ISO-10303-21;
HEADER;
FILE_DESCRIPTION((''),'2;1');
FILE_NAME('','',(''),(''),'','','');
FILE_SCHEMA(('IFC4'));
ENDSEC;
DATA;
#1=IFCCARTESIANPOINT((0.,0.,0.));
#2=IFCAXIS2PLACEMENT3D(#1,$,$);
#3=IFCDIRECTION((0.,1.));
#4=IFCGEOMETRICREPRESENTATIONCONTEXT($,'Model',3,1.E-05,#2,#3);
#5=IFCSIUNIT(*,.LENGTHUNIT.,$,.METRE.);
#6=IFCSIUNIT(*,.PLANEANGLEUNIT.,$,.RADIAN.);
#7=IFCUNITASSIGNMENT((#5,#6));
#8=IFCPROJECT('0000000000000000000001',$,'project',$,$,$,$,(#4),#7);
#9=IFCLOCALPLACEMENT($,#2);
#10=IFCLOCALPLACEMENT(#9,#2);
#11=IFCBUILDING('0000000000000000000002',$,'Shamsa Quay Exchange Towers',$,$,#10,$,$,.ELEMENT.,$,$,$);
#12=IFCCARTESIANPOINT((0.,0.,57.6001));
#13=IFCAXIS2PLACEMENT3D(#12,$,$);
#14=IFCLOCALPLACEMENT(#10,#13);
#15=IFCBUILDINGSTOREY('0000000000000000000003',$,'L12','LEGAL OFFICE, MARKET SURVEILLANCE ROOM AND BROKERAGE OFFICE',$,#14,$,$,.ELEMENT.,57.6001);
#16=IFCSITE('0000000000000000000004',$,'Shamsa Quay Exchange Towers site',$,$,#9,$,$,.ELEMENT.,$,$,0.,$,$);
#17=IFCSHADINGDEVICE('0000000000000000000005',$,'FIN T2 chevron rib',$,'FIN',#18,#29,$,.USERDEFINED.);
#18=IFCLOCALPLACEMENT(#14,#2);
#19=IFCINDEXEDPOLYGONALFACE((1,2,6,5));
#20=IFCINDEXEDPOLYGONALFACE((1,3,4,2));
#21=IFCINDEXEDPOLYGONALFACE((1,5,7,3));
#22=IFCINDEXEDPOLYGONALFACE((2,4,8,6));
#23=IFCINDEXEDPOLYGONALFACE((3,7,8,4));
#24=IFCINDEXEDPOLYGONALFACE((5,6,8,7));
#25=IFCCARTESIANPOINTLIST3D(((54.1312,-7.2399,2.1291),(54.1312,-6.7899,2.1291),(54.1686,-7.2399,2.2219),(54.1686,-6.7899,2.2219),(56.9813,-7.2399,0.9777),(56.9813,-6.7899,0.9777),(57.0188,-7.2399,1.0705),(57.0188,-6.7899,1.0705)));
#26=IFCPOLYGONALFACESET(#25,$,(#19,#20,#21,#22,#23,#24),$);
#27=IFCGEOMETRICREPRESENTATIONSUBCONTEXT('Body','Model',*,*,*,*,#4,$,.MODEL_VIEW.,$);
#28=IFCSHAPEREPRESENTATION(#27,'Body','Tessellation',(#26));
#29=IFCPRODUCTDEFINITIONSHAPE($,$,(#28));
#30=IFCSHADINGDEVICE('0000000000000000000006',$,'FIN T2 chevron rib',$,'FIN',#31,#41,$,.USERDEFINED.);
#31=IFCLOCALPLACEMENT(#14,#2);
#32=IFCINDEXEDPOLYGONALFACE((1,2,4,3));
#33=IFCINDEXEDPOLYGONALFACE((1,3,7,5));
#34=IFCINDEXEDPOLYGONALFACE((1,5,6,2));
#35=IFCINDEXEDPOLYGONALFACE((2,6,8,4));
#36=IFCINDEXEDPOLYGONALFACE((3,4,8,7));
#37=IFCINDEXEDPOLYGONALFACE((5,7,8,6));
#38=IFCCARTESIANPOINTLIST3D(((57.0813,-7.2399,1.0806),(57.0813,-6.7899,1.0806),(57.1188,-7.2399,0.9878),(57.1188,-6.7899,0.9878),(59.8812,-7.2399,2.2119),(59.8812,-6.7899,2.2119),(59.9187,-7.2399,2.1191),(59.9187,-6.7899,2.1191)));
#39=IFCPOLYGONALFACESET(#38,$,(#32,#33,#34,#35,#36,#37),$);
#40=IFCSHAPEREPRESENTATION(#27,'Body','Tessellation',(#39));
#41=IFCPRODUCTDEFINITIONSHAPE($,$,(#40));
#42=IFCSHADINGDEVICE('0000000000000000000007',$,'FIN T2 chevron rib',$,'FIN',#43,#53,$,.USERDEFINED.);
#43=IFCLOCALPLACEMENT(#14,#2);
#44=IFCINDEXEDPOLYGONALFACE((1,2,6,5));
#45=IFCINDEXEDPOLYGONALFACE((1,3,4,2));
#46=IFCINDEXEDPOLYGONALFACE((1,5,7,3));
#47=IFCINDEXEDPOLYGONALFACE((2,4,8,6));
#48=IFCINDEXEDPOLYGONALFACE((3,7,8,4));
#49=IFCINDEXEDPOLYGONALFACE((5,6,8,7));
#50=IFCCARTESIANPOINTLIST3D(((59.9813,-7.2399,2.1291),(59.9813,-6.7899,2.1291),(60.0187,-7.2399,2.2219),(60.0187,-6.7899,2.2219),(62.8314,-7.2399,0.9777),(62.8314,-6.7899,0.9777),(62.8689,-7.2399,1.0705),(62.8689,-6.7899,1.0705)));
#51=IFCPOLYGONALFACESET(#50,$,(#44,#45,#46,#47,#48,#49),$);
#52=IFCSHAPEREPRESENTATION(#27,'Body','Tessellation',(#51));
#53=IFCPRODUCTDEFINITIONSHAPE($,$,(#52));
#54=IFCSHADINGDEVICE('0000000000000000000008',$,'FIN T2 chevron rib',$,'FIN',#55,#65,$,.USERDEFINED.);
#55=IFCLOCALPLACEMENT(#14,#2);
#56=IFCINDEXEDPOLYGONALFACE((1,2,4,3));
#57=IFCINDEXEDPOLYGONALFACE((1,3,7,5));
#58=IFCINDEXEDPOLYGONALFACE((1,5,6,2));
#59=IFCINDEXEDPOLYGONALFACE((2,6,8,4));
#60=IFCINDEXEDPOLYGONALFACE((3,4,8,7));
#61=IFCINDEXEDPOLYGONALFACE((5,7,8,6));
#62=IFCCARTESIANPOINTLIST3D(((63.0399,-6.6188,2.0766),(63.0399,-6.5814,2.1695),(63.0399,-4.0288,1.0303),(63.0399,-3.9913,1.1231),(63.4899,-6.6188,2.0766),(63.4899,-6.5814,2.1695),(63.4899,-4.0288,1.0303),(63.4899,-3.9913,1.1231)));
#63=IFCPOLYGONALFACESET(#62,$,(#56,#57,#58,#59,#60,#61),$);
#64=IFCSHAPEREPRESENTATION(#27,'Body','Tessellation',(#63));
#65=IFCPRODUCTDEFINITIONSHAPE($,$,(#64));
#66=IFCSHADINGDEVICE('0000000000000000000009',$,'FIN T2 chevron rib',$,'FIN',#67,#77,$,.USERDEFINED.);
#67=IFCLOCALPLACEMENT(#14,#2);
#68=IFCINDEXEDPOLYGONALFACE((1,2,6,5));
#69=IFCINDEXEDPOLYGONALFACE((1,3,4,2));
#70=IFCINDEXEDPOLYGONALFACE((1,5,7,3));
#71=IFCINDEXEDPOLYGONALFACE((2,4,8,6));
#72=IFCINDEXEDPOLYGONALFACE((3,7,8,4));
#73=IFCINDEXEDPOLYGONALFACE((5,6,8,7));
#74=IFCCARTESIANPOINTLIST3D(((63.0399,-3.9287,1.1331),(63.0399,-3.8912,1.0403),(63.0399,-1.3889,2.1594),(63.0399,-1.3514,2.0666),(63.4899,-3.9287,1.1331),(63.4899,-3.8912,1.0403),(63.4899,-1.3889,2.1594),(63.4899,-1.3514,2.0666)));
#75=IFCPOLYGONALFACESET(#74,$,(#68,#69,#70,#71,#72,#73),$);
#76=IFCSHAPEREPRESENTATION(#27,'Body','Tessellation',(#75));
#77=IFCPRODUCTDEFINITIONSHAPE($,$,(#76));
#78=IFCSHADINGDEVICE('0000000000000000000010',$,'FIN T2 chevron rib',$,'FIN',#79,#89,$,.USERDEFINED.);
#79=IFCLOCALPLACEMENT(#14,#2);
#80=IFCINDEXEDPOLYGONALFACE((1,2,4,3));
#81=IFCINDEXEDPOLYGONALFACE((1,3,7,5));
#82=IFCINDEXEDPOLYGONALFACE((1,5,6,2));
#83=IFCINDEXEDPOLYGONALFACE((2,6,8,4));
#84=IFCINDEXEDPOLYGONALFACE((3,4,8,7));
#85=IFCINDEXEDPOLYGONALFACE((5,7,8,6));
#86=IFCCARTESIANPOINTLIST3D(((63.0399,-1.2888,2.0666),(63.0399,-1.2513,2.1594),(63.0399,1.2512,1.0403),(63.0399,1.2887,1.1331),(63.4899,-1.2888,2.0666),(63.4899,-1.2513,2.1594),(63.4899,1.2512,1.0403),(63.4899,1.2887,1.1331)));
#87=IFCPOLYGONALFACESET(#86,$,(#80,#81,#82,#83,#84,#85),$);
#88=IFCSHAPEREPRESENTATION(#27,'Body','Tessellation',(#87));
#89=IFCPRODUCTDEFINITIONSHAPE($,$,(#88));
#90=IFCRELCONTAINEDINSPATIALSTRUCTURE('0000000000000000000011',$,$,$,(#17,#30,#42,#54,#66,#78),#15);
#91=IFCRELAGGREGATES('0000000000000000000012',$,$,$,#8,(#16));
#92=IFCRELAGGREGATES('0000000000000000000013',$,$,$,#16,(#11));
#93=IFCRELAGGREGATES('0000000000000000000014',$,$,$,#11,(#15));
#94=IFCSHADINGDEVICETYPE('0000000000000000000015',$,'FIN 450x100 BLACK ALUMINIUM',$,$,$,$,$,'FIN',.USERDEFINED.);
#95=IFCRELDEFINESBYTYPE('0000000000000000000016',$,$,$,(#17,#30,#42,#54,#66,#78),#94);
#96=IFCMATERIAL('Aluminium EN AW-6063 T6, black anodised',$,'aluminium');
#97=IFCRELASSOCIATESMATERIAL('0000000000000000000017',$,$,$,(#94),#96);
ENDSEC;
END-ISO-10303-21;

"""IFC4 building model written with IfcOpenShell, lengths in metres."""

from ifc_helpers import new_model, si_unit, direction, frame, origin, origin_2d, place, context, subcontext, project, spatial, rectangle, extrude, material, material_profile, profile_set, type_object, element, save


model = new_model("IFC4")

# Units and contexts
model_context = context("Model", 3, precision=1e-05, world=origin(), true_north=direction((0.0, 1.0)))
body_context = subcontext(model_context, "Body", "Model", "MODEL_VIEW")
ifc_project = project(units=[si_unit("LENGTHUNIT", "METRE"), si_unit("PLANEANGLEUNIT", "RADIAN")], contexts=[model_context])

# Site, building, storey
site_placement = place(None, origin())
site = spatial("IfcSite", under=ifc_project, at=site_placement, Name="Shamsa Quay Exchange Towers site", CompositionType="ELEMENT", RefElevation=0.0)
building_placement = place(site_placement, origin())
building = spatial("IfcBuilding", under=site, at=building_placement, Name="Shamsa Quay Exchange Towers", CompositionType="ELEMENT")
storey_placement = place(building_placement, frame((0.0, 0.0, 57.6001)))
storey = spatial("IfcBuildingStorey", under=building, at=storey_placement, Name="L12", Description="LEGAL OFFICE, MARKET SURVEILLANCE ROOM AND BROKERAGE OFFICE", CompositionType="ELEMENT", Elevation=57.6001)

# Shared definitions
ifc_material_1 = material(Name="Aluminium EN AW-6063 T6, black anodised", Category="aluminium")

# Shading devices
ifc_material_profile_1 = material_profile(ifc_material_1, rectangle(XDim=0.45, YDim=0.1001, at=origin_2d()), Name="FIN450x100")
ifc_profile_set_1 = profile_set([ifc_material_profile_1], Name="Aluminium EN AW-6063 T6, black anodised")
shading_device_type = type_object("IfcShadingDeviceType", Name="FIN 450x100 BLACK ALUMINIUM", ElementType="FIN", PredefinedType="USERDEFINED", material=ifc_profile_set_1)
shading_device_1_placement = place(storey_placement, frame((54.1499, -7.0149, 2.1755), z_axis=(0.9272, 0.0, -0.374565), x_axis=(0.0, 1.0, 0.0)))
element("IfcShadingDevice", 1, at=shading_device_1_placement, inside=storey, type_object=shading_device_type, Name="FIN T2 chevron rib", ObjectType="FIN", PredefinedType="USERDEFINED", context=body_context, shape_type="SweptSolid", body=[
    extrude(rectangle(XDim=0.45, YDim=0.1001, at=origin_2d()), origin(), (0.0, 0.0, 1.0), 3.074),
])
shading_device_2_placement = place(storey_placement, frame((57.1001, -7.0149, 1.0342), z_axis=(0.927166, 0.0, 0.37465), x_axis=(0.0, 1.0, 0.0)))
element("IfcShadingDevice", 2, at=shading_device_2_placement, inside=storey, type_object=shading_device_type, Name="FIN T2 chevron rib", ObjectType="FIN", PredefinedType="USERDEFINED", context=body_context, shape_type="SweptSolid", body=[
    extrude(rectangle(XDim=0.45, YDim=0.1001, at=origin_2d()), origin(), (0.0, 0.0, 1.0), 3.0198),
])
shading_device_3_placement = place(storey_placement, frame((60.0, -7.0149, 2.1755), z_axis=(0.9272, 0.0, -0.374565), x_axis=(0.0, 1.0, 0.0)))
element("IfcShadingDevice", 3, at=shading_device_3_placement, inside=storey, type_object=shading_device_type, Name="FIN T2 chevron rib", ObjectType="FIN", PredefinedType="USERDEFINED", context=body_context, shape_type="SweptSolid", body=[
    extrude(rectangle(XDim=0.45, YDim=0.1001, at=origin_2d()), origin(), (0.0, 0.0, 1.0), 3.074),
])
shading_device_4_placement = place(storey_placement, frame((63.2649, -6.6001, 2.123), z_axis=(0.0, 0.927193, -0.374583), x_axis=(-1.0, 0.0, 0.0)))
element("IfcShadingDevice", 4, at=shading_device_4_placement, inside=storey, type_object=shading_device_type, Name="FIN T2 chevron rib", ObjectType="FIN", PredefinedType="USERDEFINED", context=body_context, shape_type="SweptSolid", body=[
    extrude(rectangle(XDim=0.45, YDim=0.1001, at=origin_2d()), origin(), (0.0, 0.0, 1.0), 2.7935),
])
shading_device_5_placement = place(storey_placement, frame((63.2649, -3.9099, 1.0867), z_axis=(0.0, 0.927156, 0.374677), x_axis=(-1.0, 0.0, 0.0)))
element("IfcShadingDevice", 5, at=shading_device_5_placement, inside=storey, type_object=shading_device_type, Name="FIN T2 chevron rib", ObjectType="FIN", PredefinedType="USERDEFINED", context=body_context, shape_type="SweptSolid", body=[
    extrude(rectangle(XDim=0.45, YDim=0.1001, at=origin_2d()), origin(), (0.0, 0.0, 1.0), 2.7393),
])
shading_device_6_placement = place(storey_placement, frame((63.2649, -1.27, 2.113), z_axis=(0.0, 0.927168, -0.374646), x_axis=(-1.0, 0.0, 0.0)))
element("IfcShadingDevice", 6, at=shading_device_6_placement, inside=storey, type_object=shading_device_type, Name="FIN T2 chevron rib", ObjectType="FIN", PredefinedType="USERDEFINED", context=body_context, shape_type="SweptSolid", body=[
    extrude(rectangle(XDim=0.45, YDim=0.1001, at=origin_2d()), origin(), (0.0, 0.0, 1.0), 2.7395),
])

save(model, "model.ifc")
